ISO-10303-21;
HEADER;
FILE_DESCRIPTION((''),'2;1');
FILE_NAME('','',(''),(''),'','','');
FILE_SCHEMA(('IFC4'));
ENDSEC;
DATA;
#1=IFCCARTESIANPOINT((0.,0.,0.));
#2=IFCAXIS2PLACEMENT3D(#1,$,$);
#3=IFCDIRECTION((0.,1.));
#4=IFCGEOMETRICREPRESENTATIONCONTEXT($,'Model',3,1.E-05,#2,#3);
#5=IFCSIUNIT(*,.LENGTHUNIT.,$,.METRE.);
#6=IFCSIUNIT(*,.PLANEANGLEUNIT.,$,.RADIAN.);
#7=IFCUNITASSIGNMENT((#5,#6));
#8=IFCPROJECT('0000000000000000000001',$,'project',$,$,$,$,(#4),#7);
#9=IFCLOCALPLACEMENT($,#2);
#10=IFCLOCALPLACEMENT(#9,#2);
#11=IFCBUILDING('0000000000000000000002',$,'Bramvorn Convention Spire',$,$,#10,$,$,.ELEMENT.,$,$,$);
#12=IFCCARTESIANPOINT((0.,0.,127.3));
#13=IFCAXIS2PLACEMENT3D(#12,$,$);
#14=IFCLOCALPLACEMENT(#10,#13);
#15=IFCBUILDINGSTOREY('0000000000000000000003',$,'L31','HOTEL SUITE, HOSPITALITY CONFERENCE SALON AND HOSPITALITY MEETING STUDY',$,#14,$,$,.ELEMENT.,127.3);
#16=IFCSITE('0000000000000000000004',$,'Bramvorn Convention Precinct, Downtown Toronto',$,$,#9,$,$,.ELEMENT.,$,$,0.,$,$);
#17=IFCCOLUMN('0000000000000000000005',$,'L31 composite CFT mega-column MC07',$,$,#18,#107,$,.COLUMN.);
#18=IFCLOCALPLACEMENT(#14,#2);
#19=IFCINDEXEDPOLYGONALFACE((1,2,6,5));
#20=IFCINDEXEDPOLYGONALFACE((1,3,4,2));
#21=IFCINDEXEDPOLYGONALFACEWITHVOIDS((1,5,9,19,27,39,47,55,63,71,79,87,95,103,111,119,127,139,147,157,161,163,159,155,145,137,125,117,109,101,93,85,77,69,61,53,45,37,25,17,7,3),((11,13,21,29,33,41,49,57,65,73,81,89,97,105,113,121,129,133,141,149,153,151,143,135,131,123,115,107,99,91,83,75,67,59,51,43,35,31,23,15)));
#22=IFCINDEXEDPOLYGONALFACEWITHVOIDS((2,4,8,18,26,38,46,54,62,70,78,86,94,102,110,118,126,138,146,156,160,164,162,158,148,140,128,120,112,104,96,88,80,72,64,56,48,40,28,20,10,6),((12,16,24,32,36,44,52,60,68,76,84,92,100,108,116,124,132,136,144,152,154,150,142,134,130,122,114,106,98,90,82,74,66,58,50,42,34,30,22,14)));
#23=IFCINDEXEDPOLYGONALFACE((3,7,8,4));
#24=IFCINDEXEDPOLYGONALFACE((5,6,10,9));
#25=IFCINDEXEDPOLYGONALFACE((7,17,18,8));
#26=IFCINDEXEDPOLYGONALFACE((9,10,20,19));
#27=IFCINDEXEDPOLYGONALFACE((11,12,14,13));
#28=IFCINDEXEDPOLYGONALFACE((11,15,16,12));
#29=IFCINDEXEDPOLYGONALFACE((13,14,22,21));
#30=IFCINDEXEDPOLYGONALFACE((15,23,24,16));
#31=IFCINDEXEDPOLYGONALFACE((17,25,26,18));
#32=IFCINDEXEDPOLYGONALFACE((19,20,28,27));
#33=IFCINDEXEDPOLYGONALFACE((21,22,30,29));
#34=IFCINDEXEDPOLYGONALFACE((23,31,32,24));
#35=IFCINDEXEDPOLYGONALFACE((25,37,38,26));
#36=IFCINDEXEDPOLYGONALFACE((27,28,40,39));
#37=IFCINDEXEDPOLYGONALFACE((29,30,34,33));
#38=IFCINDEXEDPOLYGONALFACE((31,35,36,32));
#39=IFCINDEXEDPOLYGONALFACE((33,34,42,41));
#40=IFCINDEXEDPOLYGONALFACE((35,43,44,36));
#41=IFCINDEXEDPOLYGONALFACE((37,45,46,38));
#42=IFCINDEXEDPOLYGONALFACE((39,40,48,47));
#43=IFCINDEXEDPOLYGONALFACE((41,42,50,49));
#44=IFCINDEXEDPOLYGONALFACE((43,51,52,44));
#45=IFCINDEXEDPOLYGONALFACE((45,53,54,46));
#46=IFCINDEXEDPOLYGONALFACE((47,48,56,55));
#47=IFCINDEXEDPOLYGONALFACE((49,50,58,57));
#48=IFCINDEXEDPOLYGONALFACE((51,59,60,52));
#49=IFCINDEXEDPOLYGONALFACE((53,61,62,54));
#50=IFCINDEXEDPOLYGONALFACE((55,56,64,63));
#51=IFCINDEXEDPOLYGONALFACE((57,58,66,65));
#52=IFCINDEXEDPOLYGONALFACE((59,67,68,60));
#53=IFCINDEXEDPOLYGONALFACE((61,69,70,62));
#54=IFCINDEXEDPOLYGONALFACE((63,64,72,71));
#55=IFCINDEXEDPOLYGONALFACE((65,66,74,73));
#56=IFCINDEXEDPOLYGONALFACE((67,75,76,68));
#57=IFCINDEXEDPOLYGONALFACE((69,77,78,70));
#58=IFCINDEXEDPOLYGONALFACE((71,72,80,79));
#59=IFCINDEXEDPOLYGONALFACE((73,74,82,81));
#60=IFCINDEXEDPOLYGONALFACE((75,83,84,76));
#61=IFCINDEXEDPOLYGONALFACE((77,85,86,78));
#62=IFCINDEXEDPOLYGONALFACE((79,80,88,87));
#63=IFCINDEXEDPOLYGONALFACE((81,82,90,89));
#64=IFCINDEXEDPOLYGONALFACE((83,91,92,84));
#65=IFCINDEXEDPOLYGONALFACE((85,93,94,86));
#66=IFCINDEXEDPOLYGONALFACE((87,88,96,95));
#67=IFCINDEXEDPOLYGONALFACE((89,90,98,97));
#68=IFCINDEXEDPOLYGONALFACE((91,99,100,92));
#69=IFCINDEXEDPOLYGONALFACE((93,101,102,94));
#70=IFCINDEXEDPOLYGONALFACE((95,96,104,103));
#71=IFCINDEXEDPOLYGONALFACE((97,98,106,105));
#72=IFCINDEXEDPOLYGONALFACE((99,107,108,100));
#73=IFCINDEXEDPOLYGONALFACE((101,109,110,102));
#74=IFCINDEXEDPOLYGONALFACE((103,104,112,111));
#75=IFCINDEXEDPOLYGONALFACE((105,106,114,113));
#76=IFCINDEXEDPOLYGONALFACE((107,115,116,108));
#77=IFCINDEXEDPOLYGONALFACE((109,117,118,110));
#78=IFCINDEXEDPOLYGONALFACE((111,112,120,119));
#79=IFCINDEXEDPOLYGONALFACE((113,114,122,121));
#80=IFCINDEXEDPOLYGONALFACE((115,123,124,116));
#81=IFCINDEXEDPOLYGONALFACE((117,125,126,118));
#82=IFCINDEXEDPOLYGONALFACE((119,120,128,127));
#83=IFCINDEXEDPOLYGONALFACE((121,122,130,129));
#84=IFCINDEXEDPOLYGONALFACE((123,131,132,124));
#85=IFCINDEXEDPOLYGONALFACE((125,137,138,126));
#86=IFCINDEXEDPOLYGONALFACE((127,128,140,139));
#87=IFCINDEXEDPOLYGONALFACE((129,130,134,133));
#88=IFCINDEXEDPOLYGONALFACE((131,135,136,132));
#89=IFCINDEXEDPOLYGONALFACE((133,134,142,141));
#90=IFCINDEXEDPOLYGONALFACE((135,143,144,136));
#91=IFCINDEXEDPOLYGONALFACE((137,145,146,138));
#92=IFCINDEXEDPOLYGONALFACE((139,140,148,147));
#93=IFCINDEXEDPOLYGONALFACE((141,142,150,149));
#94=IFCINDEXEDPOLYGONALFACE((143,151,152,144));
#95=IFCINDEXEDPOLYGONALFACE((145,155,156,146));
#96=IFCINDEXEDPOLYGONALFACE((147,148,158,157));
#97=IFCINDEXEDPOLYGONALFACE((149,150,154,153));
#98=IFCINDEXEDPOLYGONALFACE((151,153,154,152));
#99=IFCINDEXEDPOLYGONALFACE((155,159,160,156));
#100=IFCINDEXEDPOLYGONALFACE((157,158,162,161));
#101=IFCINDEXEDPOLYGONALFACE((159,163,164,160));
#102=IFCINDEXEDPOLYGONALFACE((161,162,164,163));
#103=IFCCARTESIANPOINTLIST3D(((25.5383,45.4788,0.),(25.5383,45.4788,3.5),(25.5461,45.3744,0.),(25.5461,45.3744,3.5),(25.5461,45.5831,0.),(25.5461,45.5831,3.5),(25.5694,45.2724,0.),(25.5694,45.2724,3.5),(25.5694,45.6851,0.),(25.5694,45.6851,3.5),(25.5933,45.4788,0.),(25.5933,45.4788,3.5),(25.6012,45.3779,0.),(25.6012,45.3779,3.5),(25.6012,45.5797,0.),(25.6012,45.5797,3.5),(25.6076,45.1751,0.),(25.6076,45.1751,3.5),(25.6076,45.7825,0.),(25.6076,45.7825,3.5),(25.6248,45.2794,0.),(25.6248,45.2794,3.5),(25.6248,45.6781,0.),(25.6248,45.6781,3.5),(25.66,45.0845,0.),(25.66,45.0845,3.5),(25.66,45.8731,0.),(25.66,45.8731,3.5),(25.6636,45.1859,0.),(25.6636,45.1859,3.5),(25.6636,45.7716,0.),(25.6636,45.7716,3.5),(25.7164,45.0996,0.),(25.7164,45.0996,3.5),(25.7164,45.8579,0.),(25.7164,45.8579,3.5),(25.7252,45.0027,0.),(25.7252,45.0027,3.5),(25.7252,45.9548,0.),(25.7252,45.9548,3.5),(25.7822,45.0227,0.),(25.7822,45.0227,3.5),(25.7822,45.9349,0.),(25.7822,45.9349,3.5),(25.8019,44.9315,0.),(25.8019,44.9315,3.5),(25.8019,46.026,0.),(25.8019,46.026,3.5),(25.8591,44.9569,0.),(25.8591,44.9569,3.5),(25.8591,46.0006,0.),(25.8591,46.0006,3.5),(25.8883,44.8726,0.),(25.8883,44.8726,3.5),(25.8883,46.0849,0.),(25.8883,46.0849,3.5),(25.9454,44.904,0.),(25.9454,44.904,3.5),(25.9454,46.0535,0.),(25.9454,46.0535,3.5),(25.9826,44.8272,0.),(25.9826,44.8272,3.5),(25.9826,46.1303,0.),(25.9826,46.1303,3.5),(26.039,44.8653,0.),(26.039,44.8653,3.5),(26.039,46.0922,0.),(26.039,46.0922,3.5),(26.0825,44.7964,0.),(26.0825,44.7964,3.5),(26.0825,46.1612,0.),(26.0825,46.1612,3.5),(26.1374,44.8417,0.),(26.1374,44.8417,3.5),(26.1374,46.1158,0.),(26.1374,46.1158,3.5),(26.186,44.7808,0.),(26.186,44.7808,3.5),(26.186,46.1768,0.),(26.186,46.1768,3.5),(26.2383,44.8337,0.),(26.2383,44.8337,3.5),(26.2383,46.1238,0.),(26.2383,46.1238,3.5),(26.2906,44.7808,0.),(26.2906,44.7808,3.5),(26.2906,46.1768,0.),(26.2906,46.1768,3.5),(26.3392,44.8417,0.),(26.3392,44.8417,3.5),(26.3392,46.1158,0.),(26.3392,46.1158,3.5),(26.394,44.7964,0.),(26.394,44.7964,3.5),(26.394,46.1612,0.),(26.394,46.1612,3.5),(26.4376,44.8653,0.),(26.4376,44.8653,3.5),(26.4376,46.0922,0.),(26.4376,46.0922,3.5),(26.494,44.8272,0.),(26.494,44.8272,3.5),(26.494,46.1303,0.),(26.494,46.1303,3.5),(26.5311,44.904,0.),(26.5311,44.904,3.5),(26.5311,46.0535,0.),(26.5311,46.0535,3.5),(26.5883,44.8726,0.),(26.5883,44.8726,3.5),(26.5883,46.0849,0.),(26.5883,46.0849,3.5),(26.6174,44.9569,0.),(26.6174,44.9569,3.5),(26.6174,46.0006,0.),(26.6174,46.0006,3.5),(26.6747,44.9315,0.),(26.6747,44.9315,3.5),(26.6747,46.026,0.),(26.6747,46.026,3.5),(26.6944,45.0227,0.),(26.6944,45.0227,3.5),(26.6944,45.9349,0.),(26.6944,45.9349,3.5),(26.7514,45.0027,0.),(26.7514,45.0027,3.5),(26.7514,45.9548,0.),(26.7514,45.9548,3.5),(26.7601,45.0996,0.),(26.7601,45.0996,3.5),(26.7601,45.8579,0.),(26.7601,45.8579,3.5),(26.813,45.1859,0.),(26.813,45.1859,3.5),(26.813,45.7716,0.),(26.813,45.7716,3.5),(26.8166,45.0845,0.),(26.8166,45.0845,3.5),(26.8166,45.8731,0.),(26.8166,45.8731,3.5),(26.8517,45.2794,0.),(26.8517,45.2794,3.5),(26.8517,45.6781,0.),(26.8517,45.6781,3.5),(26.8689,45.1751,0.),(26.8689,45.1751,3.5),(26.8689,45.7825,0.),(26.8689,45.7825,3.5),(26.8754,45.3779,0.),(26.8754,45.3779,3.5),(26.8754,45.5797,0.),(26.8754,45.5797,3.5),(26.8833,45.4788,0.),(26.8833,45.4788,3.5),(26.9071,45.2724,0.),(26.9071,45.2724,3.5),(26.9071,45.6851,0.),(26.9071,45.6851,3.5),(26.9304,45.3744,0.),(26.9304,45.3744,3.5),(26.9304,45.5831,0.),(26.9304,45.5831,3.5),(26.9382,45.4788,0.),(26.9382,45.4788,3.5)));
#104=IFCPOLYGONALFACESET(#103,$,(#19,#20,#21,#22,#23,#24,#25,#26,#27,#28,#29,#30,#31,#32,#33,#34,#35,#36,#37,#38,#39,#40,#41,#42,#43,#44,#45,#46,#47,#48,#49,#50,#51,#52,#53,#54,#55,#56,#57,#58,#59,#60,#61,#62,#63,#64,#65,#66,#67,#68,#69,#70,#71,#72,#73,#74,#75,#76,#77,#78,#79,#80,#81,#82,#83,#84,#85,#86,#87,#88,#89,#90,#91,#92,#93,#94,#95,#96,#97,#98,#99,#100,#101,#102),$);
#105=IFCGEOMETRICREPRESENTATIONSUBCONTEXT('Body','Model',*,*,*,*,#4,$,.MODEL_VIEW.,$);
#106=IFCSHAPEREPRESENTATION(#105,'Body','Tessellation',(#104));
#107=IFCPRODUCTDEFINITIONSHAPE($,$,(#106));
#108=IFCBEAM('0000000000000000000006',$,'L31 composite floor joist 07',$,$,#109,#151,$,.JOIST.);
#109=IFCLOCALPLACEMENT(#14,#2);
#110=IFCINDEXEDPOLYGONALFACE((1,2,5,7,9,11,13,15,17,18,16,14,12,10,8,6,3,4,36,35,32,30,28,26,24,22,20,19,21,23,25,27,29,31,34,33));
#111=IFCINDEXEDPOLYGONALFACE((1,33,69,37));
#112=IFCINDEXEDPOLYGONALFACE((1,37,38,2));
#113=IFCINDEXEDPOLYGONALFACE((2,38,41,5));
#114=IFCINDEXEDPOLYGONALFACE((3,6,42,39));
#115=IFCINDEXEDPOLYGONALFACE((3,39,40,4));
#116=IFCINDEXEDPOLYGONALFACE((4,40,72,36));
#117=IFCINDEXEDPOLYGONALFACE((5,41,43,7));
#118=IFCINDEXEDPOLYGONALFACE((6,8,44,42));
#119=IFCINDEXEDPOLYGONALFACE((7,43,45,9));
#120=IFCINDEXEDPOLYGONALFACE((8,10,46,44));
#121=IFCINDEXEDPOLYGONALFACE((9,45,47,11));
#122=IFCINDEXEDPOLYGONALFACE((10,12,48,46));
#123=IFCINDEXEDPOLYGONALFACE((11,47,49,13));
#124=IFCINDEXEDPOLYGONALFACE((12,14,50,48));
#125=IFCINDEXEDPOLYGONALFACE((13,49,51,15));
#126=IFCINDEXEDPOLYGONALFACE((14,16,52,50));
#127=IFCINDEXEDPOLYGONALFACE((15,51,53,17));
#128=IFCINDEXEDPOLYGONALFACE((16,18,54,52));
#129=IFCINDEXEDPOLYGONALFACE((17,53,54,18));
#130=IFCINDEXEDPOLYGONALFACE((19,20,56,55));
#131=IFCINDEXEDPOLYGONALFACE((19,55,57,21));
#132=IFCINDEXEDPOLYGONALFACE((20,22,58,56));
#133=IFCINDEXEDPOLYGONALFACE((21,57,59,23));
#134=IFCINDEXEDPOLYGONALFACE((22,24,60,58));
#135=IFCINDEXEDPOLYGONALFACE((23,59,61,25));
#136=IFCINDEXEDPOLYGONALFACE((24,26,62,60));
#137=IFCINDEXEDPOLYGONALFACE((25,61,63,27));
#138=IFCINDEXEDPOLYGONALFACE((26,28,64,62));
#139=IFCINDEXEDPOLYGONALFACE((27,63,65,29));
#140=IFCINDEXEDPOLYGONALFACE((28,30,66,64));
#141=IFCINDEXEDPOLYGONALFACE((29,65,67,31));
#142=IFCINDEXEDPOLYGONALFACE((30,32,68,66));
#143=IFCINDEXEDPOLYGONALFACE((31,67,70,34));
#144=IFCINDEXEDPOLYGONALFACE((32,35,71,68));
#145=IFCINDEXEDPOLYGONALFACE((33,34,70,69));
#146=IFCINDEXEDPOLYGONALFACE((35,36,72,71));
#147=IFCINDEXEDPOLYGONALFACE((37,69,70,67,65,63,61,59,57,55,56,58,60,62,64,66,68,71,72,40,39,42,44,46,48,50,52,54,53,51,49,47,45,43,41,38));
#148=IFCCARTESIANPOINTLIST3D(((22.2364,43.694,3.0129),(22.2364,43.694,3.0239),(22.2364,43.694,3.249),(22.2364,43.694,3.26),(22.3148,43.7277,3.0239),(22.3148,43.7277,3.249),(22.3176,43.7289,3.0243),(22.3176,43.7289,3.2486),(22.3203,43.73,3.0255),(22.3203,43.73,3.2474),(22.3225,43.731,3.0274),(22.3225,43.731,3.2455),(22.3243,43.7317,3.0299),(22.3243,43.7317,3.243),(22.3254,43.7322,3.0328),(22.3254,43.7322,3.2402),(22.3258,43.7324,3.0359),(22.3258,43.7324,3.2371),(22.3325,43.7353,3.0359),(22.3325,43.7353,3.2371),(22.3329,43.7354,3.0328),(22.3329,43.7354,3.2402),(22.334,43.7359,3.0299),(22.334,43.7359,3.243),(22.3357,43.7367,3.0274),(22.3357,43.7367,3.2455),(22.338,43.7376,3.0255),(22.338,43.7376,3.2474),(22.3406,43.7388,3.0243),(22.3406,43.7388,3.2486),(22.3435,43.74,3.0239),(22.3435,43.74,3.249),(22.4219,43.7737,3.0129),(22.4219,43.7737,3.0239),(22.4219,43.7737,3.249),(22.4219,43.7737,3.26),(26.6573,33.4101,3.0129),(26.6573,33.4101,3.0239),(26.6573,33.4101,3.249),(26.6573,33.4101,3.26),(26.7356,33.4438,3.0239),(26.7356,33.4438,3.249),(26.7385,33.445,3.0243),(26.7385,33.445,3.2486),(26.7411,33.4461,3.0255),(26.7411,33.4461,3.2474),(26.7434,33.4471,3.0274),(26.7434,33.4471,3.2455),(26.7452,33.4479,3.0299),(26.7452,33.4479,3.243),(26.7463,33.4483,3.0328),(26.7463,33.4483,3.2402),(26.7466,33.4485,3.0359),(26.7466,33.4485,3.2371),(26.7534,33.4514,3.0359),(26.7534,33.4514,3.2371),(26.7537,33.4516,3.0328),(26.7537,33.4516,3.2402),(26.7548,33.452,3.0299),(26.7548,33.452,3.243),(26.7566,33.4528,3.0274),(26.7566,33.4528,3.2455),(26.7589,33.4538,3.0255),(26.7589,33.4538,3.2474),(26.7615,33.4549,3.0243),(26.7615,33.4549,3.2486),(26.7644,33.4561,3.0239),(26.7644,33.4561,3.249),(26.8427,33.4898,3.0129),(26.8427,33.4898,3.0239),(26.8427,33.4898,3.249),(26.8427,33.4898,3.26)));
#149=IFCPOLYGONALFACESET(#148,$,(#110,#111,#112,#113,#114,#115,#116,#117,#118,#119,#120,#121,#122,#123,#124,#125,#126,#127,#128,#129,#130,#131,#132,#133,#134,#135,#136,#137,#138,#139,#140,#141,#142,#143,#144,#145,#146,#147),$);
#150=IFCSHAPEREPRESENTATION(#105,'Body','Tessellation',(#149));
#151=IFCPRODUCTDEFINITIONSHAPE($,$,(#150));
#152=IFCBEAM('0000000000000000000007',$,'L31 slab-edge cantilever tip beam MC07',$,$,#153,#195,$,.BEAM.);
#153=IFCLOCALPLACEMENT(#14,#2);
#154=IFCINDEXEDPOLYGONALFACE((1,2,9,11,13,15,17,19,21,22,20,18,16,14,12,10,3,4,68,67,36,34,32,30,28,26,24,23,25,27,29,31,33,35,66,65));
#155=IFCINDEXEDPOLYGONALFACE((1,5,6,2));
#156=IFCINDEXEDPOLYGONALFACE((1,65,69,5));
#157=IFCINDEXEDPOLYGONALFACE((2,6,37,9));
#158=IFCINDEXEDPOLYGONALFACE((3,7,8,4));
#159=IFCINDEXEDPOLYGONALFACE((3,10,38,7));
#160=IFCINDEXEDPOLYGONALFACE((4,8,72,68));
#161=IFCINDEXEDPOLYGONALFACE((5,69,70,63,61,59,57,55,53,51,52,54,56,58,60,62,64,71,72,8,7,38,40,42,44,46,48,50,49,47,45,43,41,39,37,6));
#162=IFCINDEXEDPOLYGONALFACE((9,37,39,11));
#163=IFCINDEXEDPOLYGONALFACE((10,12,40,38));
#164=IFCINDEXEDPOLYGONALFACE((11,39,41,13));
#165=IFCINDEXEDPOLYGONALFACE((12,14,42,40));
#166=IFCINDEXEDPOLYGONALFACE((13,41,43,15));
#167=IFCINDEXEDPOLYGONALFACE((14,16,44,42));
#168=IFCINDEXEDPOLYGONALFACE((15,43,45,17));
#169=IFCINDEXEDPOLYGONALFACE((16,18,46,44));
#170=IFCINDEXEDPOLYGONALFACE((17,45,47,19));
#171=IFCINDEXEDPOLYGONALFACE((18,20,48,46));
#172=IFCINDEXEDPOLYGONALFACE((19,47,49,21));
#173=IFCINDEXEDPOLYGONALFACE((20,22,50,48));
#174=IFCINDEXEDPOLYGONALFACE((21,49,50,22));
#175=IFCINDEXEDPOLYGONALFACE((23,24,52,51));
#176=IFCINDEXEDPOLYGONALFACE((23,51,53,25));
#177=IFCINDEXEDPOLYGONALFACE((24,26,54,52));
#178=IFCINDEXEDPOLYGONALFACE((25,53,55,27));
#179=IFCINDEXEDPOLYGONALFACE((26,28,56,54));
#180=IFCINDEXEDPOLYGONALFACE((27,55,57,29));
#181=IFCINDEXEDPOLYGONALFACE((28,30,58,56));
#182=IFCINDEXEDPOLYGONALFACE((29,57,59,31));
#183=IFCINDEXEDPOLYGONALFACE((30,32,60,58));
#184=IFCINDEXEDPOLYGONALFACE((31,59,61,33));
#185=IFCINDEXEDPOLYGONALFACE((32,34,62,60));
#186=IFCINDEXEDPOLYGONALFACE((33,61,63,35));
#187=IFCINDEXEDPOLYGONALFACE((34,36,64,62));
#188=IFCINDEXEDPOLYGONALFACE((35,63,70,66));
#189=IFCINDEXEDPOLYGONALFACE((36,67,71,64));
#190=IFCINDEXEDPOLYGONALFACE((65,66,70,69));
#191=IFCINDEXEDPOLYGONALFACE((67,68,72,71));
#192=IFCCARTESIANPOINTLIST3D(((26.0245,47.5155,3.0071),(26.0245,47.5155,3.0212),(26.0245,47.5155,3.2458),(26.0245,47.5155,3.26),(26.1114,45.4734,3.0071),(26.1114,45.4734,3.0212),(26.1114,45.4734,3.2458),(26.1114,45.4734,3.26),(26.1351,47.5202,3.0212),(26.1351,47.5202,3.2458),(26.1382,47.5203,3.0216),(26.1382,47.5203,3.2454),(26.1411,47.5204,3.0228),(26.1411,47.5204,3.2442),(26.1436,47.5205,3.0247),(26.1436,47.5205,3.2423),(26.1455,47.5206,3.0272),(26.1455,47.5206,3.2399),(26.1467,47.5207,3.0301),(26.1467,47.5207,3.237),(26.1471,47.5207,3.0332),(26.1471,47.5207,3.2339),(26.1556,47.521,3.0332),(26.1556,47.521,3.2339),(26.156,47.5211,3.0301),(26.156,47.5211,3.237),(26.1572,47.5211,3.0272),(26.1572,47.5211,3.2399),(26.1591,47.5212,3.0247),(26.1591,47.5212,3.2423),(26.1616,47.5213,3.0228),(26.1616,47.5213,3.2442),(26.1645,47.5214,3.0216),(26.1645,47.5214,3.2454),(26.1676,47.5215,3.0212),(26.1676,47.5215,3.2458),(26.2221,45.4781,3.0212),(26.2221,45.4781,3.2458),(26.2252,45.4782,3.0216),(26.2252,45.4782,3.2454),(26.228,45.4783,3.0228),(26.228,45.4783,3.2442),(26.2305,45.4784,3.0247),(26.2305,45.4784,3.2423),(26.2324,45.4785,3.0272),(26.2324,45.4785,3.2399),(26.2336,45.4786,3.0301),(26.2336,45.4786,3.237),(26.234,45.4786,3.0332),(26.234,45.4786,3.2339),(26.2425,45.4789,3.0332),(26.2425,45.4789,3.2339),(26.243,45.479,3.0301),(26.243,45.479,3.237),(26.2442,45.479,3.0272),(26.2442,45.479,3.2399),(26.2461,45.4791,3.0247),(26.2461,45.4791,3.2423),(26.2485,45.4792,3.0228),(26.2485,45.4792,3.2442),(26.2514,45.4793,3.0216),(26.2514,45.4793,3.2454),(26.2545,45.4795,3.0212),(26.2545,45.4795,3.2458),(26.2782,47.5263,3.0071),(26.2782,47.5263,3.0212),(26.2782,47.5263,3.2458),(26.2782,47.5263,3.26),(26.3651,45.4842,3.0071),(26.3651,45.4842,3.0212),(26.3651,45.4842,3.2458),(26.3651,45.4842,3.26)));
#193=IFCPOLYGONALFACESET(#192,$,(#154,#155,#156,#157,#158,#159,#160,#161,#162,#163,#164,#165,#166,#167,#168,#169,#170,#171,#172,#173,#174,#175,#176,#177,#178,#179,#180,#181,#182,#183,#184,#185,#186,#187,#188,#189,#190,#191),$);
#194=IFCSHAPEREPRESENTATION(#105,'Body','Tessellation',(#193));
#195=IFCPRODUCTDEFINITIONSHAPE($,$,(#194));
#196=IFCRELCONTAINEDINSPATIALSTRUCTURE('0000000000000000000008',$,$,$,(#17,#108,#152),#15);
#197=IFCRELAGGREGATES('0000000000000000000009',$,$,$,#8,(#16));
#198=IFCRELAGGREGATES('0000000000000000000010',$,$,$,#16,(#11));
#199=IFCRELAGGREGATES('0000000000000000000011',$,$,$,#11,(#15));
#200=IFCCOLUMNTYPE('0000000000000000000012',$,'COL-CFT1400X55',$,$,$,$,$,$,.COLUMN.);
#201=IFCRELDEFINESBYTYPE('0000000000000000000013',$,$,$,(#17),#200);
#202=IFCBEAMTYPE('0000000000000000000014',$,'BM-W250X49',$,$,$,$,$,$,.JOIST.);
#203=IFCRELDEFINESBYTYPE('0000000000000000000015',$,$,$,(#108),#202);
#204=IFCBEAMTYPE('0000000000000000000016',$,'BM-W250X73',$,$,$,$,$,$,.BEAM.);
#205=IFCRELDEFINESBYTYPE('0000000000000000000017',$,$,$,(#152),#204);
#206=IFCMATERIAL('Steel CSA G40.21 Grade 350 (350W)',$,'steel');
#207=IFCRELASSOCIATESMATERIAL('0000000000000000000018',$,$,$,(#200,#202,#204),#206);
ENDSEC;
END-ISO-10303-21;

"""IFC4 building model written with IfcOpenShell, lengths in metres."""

from ifc_helpers import new_model, si_unit, direction, frame, origin, origin_2d, place, context, subcontext, project, spatial, hollow_circle, i_section, extrude, material, material_profile, profile_set, type_object, element, save


model = new_model("IFC4")

# Units and contexts
model_context = context("Model", 3, precision=1e-05, world=origin(), true_north=direction((0.0, 1.0)))
body_context = subcontext(model_context, "Body", "Model", "MODEL_VIEW")
ifc_project = project(units=[si_unit("LENGTHUNIT", "METRE"), si_unit("PLANEANGLEUNIT", "RADIAN")], contexts=[model_context])

# Site, building, storey
site_placement = place(None, origin())
site = spatial("IfcSite", under=ifc_project, at=site_placement, Name="Bramvorn Convention Precinct, Downtown Toronto", CompositionType="ELEMENT", RefElevation=0.0)
building_placement = place(site_placement, origin())
building = spatial("IfcBuilding", under=site, at=building_placement, Name="Bramvorn Convention Spire", CompositionType="ELEMENT")
storey_placement = place(building_placement, frame((0.0, 0.0, 127.3)))
storey = spatial("IfcBuildingStorey", under=building, at=storey_placement, Name="L31", Description="HOTEL SUITE, HOSPITALITY CONFERENCE SALON AND HOSPITALITY MEETING STUDY", CompositionType="ELEMENT", Elevation=127.3)

# Column
ifc_material_1 = material(Name="Steel CSA G40.21 Grade 350 (350W)", Category="steel")
ifc_material_profile_1 = material_profile(ifc_material_1, hollow_circle(Radius=0.7, WallThickness=0.0549, at=origin_2d()))
ifc_profile_set_1 = profile_set([ifc_material_profile_1], Name="Steel CSA G40.21 Grade 350 (350W) - CFT1400X55")
column_type = type_object("IfcColumnType", Name="COL-CFT1400X55", PredefinedType="COLUMN", material=ifc_profile_set_1)
column_placement = place(storey_placement, frame((26.2383, 45.4788, 0.0), z_axis=(0.0, 0.0, 1.0), x_axis=(1.0, 0.0, 0.0)))
element("IfcColumn", 1, at=column_placement, inside=storey, type_object=column_type, Name="L31 composite CFT mega-column MC07", PredefinedType="COLUMN", context=body_context, shape_type="SweptSolid", body=[
    extrude(hollow_circle(Radius=0.7, WallThickness=0.0549, at=origin_2d()), origin(), (0.0, 0.0, 1.0), 3.5),
])

# Beams
ifc_material_profile_2 = material_profile(ifc_material_1, i_section(OverallWidth=0.2019, OverallDepth=0.2471, WebThickness=0.0073, FlangeThickness=0.011, FilletRadius=0.012, at=origin_2d()))
ifc_profile_set_2 = profile_set([ifc_material_profile_2], Name="Steel CSA G40.21 Grade 350 (350W) - W250X49")
beam_type_1 = type_object("IfcBeamType", Name="BM-W250X49", PredefinedType="JOIST", material=ifc_profile_set_2)
beam_1_placement = place(storey_placement, frame((26.75, 33.45, 3.1365), z_axis=(-0.394938, 0.918708, 0.0), x_axis=(-0.918708, -0.394938, 0.0)))
element("IfcBeam", 2, at=beam_1_placement, inside=storey, type_object=beam_type_1, Name="L31 composite floor joist 07", PredefinedType="JOIST", context=body_context, shape_type="SweptSolid", body=[
    extrude(i_section(OverallWidth=0.2019, OverallDepth=0.2471, WebThickness=0.0073, FlangeThickness=0.011, FilletRadius=0.012, at=origin_2d()), origin(), (0.0, 0.0, 1.0), 11.1938),
])
ifc_material_profile_3 = material_profile(ifc_material_1, i_section(OverallWidth=0.2539, OverallDepth=0.2529, WebThickness=0.0085, FlangeThickness=0.0142, FilletRadius=0.012, at=origin_2d()))
ifc_profile_set_3 = profile_set([ifc_material_profile_3], Name="Steel CSA G40.21 Grade 350 (350W) - W250X73")
beam_type_2 = type_object("IfcBeamType", Name="BM-W250X73", PredefinedType="BEAM", material=ifc_profile_set_3)
beam_2_placement = place(storey_placement, frame((26.2383, 45.4788, 3.1335), z_axis=(-0.042525, 0.999095, 0.0), x_axis=(-0.999095, -0.042525, 0.0)))
element("IfcBeam", 3, at=beam_2_placement, inside=storey, type_object=beam_type_2, Name="L31 slab-edge cantilever tip beam MC07", PredefinedType="BEAM", context=body_context, shape_type="SweptSolid", body=[
    extrude(i_section(OverallWidth=0.2539, OverallDepth=0.2529, WebThickness=0.0085, FlangeThickness=0.0142, FilletRadius=0.012, at=origin_2d()), origin(), (0.0, 0.0, 1.0), 2.0439),
])

save(model, "model.ifc")
